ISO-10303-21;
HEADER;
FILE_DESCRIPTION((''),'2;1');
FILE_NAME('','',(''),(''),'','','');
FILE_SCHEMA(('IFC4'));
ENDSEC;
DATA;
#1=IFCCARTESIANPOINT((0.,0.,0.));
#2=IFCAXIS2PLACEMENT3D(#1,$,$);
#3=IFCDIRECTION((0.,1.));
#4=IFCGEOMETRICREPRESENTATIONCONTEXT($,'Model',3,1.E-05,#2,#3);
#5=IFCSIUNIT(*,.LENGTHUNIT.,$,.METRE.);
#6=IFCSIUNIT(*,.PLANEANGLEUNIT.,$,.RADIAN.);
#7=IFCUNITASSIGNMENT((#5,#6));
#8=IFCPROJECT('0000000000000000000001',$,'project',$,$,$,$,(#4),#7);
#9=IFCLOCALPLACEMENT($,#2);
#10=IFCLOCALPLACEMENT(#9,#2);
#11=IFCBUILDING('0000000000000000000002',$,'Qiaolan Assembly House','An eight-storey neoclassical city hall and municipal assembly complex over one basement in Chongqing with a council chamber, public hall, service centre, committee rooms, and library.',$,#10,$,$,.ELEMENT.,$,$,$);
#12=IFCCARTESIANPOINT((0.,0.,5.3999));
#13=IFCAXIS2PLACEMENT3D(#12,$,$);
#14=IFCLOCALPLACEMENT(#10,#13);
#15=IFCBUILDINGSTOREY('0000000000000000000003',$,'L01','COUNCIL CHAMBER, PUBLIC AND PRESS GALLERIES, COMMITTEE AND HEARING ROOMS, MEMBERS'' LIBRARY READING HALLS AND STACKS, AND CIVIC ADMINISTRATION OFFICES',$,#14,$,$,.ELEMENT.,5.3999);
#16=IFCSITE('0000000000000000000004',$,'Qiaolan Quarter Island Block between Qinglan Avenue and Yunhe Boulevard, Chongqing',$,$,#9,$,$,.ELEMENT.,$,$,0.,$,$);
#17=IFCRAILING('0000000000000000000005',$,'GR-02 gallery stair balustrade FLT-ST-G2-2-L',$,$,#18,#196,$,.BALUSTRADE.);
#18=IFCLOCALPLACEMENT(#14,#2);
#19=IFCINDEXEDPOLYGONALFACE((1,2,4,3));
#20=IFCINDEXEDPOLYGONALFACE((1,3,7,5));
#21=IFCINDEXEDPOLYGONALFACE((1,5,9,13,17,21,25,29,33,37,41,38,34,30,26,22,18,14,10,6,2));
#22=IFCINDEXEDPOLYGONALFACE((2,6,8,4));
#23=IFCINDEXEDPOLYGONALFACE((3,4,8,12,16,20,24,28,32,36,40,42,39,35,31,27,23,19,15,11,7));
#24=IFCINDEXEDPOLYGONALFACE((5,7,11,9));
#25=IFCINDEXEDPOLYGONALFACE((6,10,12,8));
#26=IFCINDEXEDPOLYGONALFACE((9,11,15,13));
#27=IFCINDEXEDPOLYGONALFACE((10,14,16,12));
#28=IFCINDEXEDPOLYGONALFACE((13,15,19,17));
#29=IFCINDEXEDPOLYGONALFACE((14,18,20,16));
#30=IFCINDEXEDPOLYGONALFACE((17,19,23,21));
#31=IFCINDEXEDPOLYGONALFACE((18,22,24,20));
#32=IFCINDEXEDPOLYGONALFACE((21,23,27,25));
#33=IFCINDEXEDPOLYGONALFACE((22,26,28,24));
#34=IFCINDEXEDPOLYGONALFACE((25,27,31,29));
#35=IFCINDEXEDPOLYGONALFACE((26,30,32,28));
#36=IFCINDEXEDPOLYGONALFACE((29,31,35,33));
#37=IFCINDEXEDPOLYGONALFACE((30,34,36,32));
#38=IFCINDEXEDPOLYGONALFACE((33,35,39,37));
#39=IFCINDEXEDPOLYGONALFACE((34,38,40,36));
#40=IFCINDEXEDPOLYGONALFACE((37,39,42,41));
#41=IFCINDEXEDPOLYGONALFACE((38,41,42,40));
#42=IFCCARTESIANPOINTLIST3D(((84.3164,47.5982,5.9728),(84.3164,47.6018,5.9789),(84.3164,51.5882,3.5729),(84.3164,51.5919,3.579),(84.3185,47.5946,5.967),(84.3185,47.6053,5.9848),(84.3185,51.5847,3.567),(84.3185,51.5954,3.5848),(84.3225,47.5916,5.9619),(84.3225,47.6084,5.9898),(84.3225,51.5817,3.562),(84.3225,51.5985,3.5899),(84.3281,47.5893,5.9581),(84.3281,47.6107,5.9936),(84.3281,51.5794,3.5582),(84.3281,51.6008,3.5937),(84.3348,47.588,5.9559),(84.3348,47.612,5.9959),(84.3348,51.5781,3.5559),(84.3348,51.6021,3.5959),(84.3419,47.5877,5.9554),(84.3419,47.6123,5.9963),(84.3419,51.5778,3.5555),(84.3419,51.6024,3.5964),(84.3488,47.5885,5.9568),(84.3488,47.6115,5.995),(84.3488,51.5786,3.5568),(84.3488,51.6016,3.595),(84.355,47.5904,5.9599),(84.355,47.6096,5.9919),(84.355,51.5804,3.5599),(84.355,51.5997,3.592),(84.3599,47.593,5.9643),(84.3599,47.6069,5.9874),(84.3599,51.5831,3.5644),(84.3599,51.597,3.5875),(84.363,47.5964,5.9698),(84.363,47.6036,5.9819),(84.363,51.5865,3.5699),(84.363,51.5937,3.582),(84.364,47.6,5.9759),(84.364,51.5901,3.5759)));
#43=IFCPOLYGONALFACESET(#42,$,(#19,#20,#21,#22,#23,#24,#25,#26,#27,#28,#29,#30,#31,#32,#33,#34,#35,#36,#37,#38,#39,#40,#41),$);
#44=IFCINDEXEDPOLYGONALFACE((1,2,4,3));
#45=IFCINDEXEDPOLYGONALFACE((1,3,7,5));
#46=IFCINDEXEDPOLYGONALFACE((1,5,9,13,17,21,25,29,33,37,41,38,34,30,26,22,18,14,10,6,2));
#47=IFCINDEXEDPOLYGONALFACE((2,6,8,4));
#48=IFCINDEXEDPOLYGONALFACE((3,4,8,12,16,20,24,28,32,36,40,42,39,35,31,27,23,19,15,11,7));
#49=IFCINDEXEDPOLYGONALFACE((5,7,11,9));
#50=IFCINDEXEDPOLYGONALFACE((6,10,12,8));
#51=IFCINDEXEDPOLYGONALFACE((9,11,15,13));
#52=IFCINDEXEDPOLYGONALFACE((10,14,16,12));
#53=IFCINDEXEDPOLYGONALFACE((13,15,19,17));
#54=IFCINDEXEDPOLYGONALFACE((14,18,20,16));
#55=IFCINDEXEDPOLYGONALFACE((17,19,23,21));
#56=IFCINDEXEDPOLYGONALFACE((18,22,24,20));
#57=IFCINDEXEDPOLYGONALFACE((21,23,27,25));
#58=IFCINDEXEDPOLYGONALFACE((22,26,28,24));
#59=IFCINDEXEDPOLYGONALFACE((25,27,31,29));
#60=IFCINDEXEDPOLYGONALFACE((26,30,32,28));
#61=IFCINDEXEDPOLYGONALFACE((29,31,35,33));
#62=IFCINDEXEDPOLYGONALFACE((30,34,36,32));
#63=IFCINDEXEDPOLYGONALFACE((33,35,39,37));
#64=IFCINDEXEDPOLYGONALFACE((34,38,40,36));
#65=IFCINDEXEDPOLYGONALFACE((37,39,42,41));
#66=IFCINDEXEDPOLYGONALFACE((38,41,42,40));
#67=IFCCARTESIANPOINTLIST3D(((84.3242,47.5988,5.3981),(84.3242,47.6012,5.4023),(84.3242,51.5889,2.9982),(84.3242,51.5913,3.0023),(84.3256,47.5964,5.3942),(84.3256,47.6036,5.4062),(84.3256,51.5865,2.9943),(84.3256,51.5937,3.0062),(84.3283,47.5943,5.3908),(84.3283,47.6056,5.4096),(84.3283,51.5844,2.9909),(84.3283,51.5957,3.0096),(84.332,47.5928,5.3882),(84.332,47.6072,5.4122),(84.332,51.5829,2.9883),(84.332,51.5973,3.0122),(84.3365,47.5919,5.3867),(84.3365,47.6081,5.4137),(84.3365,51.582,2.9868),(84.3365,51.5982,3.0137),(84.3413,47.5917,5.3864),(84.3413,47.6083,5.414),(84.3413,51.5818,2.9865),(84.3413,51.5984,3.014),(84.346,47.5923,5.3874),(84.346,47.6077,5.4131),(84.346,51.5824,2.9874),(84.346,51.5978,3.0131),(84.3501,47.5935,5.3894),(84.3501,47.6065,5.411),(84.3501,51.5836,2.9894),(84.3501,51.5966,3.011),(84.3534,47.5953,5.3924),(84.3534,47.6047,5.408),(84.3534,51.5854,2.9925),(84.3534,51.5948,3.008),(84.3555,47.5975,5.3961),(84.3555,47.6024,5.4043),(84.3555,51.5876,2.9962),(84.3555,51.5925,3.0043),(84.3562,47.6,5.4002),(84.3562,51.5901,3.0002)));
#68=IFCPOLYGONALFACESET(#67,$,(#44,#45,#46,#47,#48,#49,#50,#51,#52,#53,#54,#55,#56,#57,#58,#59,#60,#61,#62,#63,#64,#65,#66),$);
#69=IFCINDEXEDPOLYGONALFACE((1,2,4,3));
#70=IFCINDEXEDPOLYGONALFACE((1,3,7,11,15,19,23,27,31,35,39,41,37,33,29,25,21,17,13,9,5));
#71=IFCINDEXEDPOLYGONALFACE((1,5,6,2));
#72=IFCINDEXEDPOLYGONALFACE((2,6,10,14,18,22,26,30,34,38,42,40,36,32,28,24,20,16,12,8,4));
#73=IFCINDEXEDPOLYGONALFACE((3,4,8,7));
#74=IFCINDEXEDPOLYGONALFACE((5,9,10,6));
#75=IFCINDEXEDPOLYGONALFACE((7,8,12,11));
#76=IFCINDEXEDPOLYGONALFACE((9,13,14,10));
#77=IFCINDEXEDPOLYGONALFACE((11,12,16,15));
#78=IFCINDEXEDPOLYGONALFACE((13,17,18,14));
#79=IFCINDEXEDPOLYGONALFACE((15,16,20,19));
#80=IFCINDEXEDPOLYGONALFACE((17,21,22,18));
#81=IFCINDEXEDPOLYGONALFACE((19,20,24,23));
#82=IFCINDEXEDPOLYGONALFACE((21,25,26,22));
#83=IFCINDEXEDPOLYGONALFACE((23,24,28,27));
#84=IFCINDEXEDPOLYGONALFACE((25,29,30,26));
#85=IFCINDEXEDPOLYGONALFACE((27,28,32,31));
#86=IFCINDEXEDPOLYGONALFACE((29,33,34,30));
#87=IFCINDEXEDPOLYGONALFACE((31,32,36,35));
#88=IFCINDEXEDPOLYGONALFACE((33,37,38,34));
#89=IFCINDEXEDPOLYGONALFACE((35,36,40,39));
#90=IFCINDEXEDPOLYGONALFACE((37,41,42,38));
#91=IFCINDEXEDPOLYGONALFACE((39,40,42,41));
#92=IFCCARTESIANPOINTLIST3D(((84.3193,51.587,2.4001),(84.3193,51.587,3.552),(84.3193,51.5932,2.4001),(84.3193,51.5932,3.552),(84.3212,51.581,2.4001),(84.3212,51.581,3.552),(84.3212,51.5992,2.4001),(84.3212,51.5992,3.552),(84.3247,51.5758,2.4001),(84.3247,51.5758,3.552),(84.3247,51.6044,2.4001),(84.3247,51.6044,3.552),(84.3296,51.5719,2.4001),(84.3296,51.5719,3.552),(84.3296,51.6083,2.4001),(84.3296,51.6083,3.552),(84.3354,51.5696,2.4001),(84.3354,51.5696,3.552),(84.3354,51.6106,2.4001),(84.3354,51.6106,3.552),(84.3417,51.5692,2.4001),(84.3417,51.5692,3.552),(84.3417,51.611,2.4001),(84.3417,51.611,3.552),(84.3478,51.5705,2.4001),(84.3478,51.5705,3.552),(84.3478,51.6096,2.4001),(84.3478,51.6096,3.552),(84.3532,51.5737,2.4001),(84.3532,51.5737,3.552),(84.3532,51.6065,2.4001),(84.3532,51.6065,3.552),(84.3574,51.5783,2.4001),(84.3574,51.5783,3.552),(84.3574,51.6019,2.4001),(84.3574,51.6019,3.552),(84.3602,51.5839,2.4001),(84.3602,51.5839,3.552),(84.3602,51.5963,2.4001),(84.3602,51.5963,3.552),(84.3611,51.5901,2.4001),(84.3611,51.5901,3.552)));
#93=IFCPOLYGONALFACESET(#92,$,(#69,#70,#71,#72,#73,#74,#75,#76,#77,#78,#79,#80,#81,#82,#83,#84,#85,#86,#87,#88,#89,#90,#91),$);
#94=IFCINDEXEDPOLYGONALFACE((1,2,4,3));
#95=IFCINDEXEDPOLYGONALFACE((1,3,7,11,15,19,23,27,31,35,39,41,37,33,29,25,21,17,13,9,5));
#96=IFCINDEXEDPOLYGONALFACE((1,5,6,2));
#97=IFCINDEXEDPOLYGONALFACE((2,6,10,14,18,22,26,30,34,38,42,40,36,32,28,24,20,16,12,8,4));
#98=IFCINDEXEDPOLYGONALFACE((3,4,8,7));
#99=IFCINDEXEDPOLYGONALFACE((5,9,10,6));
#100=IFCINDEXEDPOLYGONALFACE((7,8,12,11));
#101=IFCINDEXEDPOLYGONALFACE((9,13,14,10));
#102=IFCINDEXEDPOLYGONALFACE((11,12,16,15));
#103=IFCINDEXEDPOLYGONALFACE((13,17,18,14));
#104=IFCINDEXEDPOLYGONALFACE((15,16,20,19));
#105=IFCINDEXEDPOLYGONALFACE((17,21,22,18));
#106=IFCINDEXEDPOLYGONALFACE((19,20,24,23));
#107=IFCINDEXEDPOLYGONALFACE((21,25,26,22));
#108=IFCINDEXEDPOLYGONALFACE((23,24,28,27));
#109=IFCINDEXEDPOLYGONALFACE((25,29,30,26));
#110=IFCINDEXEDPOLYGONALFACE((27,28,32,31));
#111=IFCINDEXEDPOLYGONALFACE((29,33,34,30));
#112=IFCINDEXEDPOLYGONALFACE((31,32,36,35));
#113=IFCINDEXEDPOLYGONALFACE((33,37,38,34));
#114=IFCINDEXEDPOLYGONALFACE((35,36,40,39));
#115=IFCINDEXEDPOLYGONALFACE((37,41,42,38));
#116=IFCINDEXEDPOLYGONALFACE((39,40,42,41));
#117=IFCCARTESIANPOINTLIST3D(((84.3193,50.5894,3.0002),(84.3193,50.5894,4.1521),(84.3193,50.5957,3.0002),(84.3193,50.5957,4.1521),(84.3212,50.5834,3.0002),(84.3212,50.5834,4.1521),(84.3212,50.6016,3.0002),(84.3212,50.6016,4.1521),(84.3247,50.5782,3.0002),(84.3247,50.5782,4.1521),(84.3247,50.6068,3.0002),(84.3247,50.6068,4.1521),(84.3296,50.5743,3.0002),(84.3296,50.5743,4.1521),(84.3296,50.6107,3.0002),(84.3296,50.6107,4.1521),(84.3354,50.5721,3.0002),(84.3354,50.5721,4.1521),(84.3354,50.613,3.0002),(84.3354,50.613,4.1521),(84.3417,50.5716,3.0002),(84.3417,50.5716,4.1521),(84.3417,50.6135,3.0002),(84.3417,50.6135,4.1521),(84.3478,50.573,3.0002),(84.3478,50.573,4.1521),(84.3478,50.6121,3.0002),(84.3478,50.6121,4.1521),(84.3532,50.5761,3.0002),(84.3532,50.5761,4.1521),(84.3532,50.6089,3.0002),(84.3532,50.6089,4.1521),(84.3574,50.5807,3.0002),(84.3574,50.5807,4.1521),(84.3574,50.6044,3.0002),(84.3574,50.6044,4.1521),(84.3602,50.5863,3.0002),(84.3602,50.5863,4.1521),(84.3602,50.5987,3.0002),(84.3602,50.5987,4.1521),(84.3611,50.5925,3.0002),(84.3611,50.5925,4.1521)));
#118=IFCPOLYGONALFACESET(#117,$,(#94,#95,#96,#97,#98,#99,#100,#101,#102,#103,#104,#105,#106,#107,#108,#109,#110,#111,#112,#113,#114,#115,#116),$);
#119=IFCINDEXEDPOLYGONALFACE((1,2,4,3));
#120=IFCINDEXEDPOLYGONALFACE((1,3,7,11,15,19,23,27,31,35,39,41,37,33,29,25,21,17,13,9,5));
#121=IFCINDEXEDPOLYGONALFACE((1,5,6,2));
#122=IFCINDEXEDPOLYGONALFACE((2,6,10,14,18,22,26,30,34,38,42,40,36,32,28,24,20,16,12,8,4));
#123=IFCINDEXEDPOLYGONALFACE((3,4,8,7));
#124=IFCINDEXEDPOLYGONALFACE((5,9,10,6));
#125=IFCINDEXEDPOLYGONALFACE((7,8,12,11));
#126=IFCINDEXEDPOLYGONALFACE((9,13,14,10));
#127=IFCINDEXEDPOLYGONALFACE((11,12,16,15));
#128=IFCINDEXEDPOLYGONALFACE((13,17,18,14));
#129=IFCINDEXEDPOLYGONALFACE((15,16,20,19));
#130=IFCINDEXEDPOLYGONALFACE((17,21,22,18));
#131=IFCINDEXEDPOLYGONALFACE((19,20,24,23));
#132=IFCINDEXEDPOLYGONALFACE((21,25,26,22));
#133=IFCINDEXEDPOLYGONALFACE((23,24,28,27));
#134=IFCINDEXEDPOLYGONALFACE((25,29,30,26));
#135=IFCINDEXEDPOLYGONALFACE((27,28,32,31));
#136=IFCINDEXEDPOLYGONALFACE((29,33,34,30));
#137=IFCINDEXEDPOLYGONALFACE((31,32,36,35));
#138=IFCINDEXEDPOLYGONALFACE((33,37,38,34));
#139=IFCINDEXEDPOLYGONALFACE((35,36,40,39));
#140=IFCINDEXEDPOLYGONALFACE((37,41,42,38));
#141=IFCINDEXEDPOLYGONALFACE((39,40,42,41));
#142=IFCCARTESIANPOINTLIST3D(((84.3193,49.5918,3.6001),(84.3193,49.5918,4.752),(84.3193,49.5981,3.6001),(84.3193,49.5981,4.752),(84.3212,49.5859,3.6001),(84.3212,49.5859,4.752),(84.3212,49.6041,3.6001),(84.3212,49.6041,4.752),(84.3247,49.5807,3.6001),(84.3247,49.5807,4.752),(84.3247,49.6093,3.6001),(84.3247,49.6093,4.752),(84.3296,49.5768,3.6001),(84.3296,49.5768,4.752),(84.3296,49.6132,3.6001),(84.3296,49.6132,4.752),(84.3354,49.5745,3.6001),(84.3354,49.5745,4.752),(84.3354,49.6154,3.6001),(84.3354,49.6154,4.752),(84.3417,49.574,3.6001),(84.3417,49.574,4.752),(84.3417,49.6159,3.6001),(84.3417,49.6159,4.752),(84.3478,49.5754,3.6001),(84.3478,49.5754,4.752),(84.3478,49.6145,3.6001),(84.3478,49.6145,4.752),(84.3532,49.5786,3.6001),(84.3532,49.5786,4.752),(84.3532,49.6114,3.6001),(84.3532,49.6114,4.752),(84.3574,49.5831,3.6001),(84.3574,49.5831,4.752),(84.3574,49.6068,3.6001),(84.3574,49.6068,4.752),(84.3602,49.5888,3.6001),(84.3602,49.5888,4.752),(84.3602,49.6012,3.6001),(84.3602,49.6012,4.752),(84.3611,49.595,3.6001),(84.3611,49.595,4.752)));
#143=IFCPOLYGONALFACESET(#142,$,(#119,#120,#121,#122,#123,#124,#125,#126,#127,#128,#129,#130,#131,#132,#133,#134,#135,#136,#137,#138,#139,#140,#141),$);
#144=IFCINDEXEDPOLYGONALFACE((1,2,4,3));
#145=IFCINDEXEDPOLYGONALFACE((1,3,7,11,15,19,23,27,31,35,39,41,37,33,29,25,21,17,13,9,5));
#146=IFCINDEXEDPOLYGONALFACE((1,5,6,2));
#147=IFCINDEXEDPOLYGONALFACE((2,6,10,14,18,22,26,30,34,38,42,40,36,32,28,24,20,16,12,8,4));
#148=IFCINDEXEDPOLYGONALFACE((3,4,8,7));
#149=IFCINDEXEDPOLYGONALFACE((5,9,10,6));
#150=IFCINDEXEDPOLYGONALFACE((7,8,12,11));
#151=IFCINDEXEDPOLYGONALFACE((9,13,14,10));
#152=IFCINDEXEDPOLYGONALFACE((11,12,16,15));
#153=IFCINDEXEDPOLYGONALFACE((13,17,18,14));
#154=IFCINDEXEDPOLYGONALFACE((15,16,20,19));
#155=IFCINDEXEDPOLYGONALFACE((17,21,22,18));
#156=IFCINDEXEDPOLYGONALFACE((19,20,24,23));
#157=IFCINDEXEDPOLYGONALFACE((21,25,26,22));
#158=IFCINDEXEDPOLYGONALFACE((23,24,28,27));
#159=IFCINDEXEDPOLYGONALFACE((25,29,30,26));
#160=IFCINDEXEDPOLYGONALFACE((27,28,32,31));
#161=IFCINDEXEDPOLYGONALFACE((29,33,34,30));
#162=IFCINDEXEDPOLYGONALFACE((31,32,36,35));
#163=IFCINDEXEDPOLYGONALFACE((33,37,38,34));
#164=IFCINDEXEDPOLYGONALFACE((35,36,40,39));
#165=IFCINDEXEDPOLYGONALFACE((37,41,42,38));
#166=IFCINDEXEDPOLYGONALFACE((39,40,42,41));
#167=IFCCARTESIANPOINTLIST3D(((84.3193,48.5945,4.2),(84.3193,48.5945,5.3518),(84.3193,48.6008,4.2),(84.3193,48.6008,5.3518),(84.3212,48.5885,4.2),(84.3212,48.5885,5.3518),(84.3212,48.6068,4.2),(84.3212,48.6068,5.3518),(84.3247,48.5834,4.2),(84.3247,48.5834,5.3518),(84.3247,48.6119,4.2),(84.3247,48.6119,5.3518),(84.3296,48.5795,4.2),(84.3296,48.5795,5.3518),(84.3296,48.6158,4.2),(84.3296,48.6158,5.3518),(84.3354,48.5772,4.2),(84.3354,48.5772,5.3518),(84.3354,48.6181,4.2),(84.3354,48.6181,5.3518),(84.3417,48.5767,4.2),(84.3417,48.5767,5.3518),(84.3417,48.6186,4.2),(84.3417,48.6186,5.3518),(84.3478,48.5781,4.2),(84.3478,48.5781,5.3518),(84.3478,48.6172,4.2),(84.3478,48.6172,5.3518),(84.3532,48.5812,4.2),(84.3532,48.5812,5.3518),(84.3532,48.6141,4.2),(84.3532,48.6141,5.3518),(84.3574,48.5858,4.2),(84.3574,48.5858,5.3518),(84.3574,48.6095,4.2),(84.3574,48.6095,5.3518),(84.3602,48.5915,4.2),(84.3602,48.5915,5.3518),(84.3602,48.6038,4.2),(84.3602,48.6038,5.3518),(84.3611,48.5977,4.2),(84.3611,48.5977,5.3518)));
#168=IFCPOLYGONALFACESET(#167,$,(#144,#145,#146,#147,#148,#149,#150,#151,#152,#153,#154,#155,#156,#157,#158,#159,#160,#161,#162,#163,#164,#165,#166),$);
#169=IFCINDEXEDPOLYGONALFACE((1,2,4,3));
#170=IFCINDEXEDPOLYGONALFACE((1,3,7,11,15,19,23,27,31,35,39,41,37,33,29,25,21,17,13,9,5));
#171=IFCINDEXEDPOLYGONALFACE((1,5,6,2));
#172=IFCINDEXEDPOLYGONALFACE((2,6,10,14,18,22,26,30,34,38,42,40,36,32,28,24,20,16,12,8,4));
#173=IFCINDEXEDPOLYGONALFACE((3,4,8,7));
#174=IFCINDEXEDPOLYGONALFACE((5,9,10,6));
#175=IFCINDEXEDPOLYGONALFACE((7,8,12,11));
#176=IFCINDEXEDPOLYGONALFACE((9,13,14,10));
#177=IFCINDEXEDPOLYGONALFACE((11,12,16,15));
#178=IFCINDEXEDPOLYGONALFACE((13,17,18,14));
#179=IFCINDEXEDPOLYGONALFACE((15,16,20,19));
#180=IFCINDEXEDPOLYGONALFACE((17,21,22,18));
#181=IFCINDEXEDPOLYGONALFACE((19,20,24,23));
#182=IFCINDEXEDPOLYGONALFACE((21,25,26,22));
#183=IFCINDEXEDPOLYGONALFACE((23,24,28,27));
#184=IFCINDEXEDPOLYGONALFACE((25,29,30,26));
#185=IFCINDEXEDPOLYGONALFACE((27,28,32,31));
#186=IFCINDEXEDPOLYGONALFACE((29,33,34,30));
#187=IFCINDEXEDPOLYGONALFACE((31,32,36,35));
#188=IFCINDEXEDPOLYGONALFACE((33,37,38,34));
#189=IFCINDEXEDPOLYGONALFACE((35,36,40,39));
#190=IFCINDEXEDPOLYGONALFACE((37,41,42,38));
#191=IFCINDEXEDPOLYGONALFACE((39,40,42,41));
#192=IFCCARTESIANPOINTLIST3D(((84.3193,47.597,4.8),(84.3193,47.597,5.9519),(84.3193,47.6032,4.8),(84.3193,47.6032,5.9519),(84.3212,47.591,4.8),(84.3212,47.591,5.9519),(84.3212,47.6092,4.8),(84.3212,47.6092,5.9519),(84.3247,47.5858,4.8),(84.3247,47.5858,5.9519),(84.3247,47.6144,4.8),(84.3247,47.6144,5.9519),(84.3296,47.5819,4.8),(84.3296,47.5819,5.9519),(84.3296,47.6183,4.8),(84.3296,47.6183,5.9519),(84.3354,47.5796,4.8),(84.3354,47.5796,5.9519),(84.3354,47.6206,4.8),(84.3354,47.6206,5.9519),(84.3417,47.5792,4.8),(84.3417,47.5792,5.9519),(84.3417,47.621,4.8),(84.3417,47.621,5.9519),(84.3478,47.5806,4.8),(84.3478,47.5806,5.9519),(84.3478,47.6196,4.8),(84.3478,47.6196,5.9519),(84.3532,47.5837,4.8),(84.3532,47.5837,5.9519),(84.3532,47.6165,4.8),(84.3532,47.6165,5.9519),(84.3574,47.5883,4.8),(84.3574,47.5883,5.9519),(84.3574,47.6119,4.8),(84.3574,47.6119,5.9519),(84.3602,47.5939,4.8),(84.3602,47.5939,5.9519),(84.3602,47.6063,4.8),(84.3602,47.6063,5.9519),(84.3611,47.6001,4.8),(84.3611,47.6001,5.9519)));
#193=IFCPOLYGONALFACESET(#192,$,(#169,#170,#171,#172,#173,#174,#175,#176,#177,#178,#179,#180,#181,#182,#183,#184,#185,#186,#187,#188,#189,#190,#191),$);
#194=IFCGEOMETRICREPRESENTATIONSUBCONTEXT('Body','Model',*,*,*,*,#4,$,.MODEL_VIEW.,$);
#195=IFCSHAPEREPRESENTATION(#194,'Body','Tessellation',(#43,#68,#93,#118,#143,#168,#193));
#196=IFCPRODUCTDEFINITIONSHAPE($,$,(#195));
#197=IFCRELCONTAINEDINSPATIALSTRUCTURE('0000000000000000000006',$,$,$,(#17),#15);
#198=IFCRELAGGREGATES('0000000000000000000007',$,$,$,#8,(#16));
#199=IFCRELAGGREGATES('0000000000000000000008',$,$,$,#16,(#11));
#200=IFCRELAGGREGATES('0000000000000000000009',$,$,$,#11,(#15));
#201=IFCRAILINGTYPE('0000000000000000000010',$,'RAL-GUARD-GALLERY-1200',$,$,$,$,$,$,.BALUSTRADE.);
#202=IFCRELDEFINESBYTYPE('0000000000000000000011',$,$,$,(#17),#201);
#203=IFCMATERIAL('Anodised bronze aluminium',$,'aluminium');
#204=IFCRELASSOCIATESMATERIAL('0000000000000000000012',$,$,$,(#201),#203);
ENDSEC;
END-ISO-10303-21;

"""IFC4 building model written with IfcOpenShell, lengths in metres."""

from ifc_helpers import new_model, si_unit, direction, frame, origin, origin_2d, place, context, subcontext, project, spatial, circle, extrude, material, type_object, element, save


model = new_model("IFC4")

# Units and contexts
model_context = context("Model", 3, precision=1e-05, world=origin(), true_north=direction((0.0, 1.0)))
body_context = subcontext(model_context, "Body", "Model", "MODEL_VIEW")
ifc_project = project(units=[si_unit("LENGTHUNIT", "METRE"), si_unit("PLANEANGLEUNIT", "RADIAN")], contexts=[model_context])

# Site, building, storey
site_placement = place(None, origin())
site = spatial("IfcSite", under=ifc_project, at=site_placement, Name="Qiaolan Quarter Island Block between Qinglan Avenue and Yunhe Boulevard, Chongqing", CompositionType="ELEMENT", RefElevation=0.0)
building_placement = place(site_placement, origin())
building = spatial("IfcBuilding", under=site, at=building_placement, Name="Qiaolan Assembly House", Description="An eight-storey neoclassical city hall and municipal assembly complex over one basement in Chongqing with a council chamber, public hall, service centre, committee rooms, and library.", CompositionType="ELEMENT")
storey_placement = place(building_placement, frame((0.0, 0.0, 5.3999)))
storey = spatial("IfcBuildingStorey", under=building, at=storey_placement, Name="L01", Description="COUNCIL CHAMBER, PUBLIC AND PRESS GALLERIES, COMMITTEE AND HEARING ROOMS, MEMBERS' LIBRARY READING HALLS AND STACKS, AND CIVIC ADMINISTRATION OFFICES", CompositionType="ELEMENT", Elevation=5.3999)

# Railing
ifc_material_1 = material(Name="Anodised bronze aluminium", Category="aluminium")
railing_type = type_object("IfcRailingType", Name="RAL-GUARD-GALLERY-1200", PredefinedType="BALUSTRADE", material=ifc_material_1)
for number, where, name in (
    (1, (84.3401, 51.5901, 2.4001), "GR-02 gallery stair balustrade FLT-ST-G2-2-L"),
):
    element("IfcRailing", number, at=place(storey_placement, frame(where)), inside=storey, type_object=railing_type, Name=name, PredefinedType="BALUSTRADE", context=body_context, shape_type="SweptSolid", body=[
        extrude(circle(Radius=0.0239, at=origin_2d()), frame((0.0, 0.0, 1.1758), z_axis=(0.0, -0.856933, 0.515428), x_axis=(1.0, 0.0, 0.0)), (0.0, 0.0, 1.0), 4.6562),
        extrude(circle(Radius=0.0161, at=origin_2d()), frame((0.0, 0.0, 0.6001), z_axis=(0.0, -0.856933, 0.515428), x_axis=(1.0, 0.0, 0.0)), (0.0, 0.0, 1.0), 4.6562),
        extrude(circle(Radius=0.021, at=origin_2d()), origin(), (0.0, 0.0, 1.0), 1.1519),
        extrude(circle(Radius=0.021, at=origin_2d()), frame((0.0, -0.9976, 0.6001)), (0.0, 0.0, 1.0), 1.1519),
        extrude(circle(Radius=0.021, at=origin_2d()), frame((0.0, -1.9951, 1.2)), (0.0, 0.0, 1.0), 1.1519),
        extrude(circle(Radius=0.021, at=origin_2d()), frame((0.0, -2.9924, 1.7998)), (0.0, 0.0, 1.0), 1.1519),
        extrude(circle(Radius=0.021, at=origin_2d()), frame((0.0, -3.99, 2.3999)), (0.0, 0.0, 1.0), 1.1519),
    ])

save(model, "model.ifc")
